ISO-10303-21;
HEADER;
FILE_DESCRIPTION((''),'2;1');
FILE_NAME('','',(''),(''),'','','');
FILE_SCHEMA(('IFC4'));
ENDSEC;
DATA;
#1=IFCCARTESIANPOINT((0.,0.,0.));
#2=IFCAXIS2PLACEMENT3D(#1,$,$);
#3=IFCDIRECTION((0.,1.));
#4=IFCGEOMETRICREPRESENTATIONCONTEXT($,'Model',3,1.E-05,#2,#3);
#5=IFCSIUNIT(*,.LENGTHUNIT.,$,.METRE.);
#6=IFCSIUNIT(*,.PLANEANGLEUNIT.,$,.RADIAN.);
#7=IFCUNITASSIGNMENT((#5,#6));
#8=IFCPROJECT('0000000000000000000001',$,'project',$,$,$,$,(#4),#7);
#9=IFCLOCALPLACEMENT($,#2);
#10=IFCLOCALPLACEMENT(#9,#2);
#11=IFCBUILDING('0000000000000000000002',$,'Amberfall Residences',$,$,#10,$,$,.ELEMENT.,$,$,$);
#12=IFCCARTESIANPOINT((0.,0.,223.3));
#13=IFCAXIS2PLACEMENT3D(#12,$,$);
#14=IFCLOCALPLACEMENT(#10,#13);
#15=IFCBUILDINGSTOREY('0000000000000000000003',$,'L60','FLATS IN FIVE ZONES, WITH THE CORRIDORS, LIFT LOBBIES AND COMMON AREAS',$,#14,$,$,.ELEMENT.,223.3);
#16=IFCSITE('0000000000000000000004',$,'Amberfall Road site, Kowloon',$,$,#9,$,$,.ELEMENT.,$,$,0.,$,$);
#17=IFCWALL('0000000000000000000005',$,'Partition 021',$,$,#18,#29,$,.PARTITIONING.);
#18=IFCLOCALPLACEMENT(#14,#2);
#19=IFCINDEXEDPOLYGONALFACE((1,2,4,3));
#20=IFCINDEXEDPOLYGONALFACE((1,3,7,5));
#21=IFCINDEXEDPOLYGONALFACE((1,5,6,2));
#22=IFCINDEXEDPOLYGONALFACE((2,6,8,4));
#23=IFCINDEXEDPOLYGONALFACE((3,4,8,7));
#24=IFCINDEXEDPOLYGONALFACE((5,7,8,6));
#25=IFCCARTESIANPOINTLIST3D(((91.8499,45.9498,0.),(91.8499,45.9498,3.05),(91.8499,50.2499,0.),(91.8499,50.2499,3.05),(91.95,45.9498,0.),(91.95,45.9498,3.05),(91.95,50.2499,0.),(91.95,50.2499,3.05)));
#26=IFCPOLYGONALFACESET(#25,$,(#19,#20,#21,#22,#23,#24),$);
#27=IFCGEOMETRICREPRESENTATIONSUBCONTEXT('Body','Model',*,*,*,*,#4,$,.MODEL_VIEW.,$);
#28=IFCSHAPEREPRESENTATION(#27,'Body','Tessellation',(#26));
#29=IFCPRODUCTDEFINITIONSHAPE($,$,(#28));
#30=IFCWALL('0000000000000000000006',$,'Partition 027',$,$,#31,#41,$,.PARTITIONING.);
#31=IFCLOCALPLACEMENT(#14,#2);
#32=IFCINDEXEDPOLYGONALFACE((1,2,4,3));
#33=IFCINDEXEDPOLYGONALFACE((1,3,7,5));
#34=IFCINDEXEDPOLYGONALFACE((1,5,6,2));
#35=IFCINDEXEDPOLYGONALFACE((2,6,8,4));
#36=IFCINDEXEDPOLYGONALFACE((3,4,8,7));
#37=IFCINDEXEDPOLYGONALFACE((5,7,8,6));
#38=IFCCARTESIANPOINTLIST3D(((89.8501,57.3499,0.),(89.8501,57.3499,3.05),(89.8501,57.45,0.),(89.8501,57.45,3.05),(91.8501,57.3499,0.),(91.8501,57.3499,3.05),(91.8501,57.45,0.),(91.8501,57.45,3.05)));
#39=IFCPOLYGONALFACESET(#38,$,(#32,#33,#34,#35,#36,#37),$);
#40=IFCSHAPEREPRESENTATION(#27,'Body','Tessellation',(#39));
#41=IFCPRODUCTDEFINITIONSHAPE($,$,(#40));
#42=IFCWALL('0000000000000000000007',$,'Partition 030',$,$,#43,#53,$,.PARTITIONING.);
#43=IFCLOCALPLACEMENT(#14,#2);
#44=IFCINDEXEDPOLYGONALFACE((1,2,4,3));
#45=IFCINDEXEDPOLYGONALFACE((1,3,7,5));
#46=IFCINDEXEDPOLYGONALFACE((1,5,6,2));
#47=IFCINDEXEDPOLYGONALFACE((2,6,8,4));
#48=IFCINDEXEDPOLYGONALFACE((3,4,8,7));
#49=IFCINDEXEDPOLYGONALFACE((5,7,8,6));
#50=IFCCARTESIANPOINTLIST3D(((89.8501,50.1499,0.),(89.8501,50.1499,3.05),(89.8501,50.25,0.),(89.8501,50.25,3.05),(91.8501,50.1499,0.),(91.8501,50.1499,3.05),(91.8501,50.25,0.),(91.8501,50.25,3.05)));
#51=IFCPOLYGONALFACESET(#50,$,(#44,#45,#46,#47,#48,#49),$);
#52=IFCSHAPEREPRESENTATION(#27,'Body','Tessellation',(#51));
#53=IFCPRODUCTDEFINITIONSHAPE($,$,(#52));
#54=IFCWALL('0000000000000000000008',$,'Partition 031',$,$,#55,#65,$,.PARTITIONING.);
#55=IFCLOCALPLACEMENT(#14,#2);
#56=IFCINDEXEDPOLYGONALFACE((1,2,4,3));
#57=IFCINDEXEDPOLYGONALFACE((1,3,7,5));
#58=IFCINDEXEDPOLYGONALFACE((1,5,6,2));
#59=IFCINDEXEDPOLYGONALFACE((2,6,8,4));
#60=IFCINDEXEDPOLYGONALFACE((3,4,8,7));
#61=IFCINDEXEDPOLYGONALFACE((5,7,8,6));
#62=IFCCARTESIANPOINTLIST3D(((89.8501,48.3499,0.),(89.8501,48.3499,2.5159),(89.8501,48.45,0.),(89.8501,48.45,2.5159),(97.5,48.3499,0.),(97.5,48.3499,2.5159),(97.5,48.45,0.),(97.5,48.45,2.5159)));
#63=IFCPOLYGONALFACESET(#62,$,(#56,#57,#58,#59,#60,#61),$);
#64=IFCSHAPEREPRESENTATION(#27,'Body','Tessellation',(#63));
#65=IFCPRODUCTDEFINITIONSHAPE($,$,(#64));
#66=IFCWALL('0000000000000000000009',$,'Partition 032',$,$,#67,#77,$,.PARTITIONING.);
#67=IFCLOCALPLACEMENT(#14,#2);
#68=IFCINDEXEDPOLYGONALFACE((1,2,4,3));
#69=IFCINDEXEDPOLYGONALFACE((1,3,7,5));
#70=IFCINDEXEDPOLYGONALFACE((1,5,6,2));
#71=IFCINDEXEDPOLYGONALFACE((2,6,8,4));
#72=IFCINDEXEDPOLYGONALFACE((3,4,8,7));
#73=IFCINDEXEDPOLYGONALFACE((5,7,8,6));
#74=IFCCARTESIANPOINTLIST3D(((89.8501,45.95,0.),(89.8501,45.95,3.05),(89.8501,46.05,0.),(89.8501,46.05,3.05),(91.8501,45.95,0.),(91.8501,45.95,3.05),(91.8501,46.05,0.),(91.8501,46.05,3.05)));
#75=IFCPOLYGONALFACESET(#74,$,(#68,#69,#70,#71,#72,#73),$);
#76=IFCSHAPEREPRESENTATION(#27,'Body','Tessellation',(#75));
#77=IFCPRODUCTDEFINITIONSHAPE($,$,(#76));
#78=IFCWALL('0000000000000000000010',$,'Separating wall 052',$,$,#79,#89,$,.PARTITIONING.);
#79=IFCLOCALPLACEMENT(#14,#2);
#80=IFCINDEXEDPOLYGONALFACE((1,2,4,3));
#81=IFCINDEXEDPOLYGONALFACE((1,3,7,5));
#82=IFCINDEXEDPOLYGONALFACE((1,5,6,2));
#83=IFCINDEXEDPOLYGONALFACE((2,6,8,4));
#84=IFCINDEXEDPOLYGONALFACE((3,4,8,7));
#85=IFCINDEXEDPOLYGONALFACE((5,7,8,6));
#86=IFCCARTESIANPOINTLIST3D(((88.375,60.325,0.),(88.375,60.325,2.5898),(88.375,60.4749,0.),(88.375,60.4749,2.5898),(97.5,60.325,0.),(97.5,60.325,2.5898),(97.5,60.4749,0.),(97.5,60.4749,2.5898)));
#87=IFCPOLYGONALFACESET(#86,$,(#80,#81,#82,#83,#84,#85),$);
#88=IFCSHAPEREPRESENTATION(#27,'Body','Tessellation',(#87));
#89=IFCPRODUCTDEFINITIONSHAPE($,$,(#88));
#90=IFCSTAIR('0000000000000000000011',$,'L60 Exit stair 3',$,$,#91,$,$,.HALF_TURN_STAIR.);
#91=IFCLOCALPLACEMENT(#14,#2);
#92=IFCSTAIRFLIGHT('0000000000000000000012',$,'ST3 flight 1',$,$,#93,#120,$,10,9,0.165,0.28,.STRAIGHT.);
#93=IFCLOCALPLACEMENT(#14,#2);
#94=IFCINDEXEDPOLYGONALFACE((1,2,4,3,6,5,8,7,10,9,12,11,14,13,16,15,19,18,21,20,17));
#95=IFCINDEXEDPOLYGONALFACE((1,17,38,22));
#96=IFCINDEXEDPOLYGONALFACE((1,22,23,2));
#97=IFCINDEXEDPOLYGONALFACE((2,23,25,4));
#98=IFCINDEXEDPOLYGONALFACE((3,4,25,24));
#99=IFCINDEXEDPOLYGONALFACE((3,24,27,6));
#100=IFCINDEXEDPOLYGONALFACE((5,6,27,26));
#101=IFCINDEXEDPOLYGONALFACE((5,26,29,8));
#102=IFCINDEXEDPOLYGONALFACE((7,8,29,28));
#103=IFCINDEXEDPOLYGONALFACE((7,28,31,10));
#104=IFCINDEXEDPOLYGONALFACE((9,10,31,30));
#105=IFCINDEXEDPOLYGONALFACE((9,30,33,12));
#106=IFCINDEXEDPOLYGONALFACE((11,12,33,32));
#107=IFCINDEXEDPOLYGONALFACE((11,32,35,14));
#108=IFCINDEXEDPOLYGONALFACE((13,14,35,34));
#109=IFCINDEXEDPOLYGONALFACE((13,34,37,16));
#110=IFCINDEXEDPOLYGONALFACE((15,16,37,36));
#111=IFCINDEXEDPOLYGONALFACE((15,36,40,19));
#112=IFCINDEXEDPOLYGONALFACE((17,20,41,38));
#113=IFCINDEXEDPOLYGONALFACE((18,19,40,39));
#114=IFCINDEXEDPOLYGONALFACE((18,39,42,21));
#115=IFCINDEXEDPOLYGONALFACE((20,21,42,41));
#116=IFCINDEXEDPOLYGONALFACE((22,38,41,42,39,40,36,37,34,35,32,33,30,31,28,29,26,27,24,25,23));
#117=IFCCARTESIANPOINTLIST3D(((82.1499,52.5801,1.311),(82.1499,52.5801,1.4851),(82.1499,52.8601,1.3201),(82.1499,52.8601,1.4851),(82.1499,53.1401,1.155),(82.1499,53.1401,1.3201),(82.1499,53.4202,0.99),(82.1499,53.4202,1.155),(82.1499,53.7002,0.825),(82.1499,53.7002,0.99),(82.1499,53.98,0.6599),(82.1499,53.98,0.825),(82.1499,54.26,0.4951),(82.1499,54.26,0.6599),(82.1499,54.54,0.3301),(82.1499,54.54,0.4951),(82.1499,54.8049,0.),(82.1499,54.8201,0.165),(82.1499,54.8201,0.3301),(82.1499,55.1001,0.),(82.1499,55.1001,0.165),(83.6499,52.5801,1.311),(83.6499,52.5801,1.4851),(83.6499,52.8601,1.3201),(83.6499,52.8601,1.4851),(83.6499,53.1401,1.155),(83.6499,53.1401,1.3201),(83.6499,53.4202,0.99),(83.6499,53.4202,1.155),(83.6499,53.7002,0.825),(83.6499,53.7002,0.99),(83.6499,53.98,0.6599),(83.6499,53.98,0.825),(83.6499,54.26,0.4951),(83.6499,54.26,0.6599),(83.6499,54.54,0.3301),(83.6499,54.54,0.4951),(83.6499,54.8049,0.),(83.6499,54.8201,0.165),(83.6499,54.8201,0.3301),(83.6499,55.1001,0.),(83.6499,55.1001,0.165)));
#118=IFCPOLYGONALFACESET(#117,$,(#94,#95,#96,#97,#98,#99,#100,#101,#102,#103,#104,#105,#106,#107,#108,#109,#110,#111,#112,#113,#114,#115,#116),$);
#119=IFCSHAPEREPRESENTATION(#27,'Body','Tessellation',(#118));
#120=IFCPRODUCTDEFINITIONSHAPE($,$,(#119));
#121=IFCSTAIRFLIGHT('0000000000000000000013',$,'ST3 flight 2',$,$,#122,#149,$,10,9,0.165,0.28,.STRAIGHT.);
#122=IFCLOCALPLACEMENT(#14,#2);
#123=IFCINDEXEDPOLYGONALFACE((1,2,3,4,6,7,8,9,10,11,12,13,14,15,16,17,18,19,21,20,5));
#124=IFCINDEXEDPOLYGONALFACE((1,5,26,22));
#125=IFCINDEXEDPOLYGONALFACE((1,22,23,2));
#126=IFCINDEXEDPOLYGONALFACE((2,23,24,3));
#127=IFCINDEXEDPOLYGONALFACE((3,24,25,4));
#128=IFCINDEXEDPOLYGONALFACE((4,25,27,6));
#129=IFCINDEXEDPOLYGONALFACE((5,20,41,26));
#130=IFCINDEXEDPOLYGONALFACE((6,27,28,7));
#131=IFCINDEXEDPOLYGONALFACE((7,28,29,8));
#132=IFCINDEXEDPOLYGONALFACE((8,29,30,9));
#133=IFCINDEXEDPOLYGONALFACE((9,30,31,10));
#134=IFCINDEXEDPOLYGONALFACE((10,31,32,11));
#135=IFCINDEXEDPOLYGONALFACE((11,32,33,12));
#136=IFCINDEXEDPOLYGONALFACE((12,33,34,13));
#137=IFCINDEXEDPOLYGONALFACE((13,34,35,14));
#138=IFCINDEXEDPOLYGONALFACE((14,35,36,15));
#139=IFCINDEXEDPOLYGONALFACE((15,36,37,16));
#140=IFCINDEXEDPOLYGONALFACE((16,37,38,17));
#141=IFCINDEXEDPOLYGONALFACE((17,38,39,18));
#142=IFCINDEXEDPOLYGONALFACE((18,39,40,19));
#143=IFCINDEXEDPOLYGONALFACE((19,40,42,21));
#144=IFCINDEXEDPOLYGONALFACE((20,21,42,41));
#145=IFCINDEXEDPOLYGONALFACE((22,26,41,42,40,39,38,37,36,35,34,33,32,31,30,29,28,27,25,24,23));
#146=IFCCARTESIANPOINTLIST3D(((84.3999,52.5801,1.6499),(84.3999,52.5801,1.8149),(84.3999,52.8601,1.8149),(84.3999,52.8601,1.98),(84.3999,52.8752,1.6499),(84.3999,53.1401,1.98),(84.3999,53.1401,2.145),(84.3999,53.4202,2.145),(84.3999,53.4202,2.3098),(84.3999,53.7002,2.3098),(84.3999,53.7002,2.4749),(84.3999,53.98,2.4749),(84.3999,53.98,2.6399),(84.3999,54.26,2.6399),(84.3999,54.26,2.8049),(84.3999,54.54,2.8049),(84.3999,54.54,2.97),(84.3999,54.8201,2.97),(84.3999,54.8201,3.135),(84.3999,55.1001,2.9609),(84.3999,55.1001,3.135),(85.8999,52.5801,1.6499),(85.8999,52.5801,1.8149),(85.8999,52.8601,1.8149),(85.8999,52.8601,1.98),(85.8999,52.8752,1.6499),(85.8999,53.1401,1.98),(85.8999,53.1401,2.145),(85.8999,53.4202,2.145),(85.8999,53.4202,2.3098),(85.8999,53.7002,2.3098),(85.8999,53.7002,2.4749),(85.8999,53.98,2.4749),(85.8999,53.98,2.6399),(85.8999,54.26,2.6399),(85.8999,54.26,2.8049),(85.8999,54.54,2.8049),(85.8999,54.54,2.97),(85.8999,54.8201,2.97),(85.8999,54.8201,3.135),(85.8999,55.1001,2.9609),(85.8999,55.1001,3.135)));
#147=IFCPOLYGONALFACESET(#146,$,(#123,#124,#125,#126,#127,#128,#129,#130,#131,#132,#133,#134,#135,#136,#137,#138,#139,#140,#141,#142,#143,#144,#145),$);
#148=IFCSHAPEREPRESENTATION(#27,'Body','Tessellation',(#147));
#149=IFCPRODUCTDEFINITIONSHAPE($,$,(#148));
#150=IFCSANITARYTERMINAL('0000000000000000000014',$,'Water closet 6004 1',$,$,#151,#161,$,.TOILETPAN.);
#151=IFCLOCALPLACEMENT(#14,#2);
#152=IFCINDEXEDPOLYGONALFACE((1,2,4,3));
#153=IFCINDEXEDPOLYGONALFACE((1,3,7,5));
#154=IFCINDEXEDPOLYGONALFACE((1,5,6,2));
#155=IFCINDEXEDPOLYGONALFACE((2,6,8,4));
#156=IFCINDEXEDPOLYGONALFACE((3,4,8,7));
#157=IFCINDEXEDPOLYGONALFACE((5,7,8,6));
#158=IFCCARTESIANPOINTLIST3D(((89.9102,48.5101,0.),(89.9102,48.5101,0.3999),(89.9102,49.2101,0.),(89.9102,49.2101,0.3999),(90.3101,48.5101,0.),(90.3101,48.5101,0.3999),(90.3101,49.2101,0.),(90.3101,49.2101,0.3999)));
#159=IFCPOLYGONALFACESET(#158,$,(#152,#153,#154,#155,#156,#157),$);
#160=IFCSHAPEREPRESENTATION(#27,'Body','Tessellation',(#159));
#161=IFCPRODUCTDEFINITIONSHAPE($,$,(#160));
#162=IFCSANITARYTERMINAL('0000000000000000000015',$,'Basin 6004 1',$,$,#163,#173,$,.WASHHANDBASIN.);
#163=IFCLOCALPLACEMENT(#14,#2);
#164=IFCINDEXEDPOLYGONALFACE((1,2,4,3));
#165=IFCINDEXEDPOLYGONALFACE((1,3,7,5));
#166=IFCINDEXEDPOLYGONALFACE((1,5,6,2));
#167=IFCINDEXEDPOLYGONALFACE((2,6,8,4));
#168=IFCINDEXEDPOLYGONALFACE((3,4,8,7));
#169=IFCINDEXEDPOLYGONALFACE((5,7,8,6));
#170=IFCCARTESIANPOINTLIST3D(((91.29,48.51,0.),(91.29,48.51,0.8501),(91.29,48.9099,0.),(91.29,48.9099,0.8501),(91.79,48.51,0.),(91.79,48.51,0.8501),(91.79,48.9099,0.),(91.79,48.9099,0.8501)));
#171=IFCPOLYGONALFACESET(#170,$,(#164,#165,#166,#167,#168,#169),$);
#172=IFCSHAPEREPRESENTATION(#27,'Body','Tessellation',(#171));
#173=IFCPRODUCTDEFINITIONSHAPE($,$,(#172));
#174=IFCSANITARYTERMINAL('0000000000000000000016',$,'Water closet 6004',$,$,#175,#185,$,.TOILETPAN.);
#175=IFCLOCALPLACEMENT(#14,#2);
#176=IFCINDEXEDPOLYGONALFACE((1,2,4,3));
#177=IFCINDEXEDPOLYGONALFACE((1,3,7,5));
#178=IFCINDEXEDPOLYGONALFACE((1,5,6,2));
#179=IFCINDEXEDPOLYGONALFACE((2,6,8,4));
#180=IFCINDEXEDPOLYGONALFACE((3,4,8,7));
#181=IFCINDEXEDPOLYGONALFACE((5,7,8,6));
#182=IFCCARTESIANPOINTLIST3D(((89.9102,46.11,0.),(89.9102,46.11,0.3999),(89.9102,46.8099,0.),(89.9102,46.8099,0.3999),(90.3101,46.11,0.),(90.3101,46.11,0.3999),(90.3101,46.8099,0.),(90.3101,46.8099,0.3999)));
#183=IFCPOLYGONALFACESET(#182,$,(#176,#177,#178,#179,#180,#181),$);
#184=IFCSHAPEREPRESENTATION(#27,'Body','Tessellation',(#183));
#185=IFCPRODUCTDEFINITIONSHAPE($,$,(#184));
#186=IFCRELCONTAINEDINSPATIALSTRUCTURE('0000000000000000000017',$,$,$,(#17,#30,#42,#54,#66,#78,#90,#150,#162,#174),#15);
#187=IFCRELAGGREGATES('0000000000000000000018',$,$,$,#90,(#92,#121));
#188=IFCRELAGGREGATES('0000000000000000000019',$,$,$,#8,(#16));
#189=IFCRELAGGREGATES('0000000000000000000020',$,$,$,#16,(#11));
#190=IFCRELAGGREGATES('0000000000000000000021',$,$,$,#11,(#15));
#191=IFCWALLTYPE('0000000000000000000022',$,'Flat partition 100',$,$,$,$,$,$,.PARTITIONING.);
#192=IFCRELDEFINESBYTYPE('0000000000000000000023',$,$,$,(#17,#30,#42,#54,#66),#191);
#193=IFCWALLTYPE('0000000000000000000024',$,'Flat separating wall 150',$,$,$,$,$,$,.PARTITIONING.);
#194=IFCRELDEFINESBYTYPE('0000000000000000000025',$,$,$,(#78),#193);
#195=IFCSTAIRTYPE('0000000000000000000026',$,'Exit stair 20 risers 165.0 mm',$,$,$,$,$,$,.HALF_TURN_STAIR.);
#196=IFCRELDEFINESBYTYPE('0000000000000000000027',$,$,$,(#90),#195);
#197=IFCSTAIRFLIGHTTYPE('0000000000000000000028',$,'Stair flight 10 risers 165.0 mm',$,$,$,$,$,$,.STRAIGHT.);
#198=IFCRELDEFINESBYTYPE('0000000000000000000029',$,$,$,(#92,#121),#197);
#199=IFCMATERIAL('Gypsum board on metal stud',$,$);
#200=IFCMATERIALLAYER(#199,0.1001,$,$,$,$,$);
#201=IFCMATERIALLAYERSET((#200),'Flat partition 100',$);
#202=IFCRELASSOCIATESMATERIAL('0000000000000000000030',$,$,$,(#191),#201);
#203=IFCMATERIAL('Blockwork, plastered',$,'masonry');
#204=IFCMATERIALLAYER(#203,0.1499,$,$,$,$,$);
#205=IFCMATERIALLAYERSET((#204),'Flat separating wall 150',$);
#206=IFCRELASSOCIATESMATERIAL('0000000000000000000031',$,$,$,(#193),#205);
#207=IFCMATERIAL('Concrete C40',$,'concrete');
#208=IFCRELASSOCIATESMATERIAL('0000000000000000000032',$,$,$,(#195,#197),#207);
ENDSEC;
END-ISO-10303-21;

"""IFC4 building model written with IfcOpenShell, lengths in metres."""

from ifc_helpers import new_model, si_unit, direction, frame, frame_2d, origin, origin_2d, place, context, subcontext, project, spatial, polyline, rectangle, outline, extrude, material, layer, layer_set, type_object, element, aggregate, save


model = new_model("IFC4")

# Units and contexts
model_context = context("Model", 3, precision=1e-05, world=origin(), true_north=direction((0.0, 1.0)))
body_context = subcontext(model_context, "Body", "Model", "MODEL_VIEW")
ifc_project = project(units=[si_unit("LENGTHUNIT", "METRE"), si_unit("PLANEANGLEUNIT", "RADIAN")], contexts=[model_context])

# Site, building, storey
site_placement = place(None, origin())
site = spatial("IfcSite", under=ifc_project, at=site_placement, Name="Amberfall Road site, Kowloon", CompositionType="ELEMENT", RefElevation=0.0)
building_placement = place(site_placement, origin())
building = spatial("IfcBuilding", under=site, at=building_placement, Name="Amberfall Residences", CompositionType="ELEMENT")
storey_placement = place(building_placement, frame((0.0, 0.0, 223.3)))
storey = spatial("IfcBuildingStorey", under=building, at=storey_placement, Name="L60", Description="FLATS IN FIVE ZONES, WITH THE CORRIDORS, LIFT LOBBIES AND COMMON AREAS", CompositionType="ELEMENT", Elevation=223.3)

# Shared definitions
ifc_material_1 = material(Name="Gypsum board on metal stud")
ifc_layer_1 = layer(ifc_material_1, 0.1001)
ifc_layer_set_1 = layer_set([ifc_layer_1], Name="Flat partition 100")
wall_type_1 = type_object("IfcWallType", Name="Flat partition 100", PredefinedType="PARTITIONING", material=ifc_layer_set_1)

# Walls
wall_1_placement = place(storey_placement, frame((91.8999, 45.95, 0.0), z_axis=(0.0, 0.0, 1.0), x_axis=(0.0, 1.0, 0.0)))
element("IfcWall", 1, at=wall_1_placement, inside=storey, type_object=wall_type_1, Name="Partition 021", PredefinedType="PARTITIONING", context=body_context, shape_type="SweptSolid", body=[
    extrude(rectangle(XDim=4.3, YDim=0.1001, at=frame_2d((2.1499, 0.0))), origin(), (0.0, 0.0, 1.0), 3.05),
])
for number, where, z_axis, x_axis, name in (
    (2, (89.8501, 57.3999, 0.0), (0.0, 0.0, 1.0), (1.0, 0.0, 0.0), "Partition 027"),
    (3, (89.8501, 50.2, 0.0), (0.0, 0.0, 1.0), (1.0, 0.0, 0.0), "Partition 030"),
):
    element("IfcWall", number, at=place(storey_placement, frame(where, z_axis=z_axis, x_axis=x_axis)), inside=storey, type_object=wall_type_1, Name=name, PredefinedType="PARTITIONING", context=body_context, shape_type="SweptSolid", body=[
        extrude(rectangle(XDim=2.0, YDim=0.1001, at=frame_2d((1.0, 0.0))), origin(), (0.0, 0.0, 1.0), 3.05),
    ])
wall_2_placement = place(storey_placement, frame((89.8501, 48.3999, 0.0), z_axis=(0.0, 0.0, 1.0), x_axis=(1.0, 0.0, 0.0)))
element("IfcWall", 4, at=wall_2_placement, inside=storey, type_object=wall_type_1, Name="Partition 031", PredefinedType="PARTITIONING", context=body_context, shape_type="SweptSolid", body=[
    extrude(rectangle(XDim=7.6499, YDim=0.1001, at=frame_2d((3.825, 0.0))), origin(), (0.0, 0.0, 1.0), 2.5159),
])
wall_3_placement = place(storey_placement, frame((89.8501, 46.0, 0.0), z_axis=(0.0, 0.0, 1.0), x_axis=(1.0, 0.0, 0.0)))
element("IfcWall", 5, at=wall_3_placement, inside=storey, type_object=wall_type_1, Name="Partition 032", PredefinedType="PARTITIONING", context=body_context, shape_type="SweptSolid", body=[
    extrude(rectangle(XDim=2.0, YDim=0.1001, at=frame_2d((1.0, 0.0))), origin(), (0.0, 0.0, 1.0), 3.05),
])
ifc_material_2 = material(Name="Blockwork, plastered", Category="masonry")
ifc_layer_2 = layer(ifc_material_2, 0.1499)
ifc_layer_set_2 = layer_set([ifc_layer_2], Name="Flat separating wall 150")
wall_type_2 = type_object("IfcWallType", Name="Flat separating wall 150", PredefinedType="PARTITIONING", material=ifc_layer_set_2)
wall_4_placement = place(storey_placement, frame((88.375, 60.3999, 0.0), z_axis=(0.0, 0.0, 1.0), x_axis=(1.0, 0.0, 0.0)))
element("IfcWall", 6, at=wall_4_placement, inside=storey, type_object=wall_type_2, Name="Separating wall 052", PredefinedType="PARTITIONING", context=body_context, shape_type="SweptSolid", body=[
    extrude(rectangle(XDim=9.125, YDim=0.1499, at=frame_2d((4.5625, 0.0))), origin(), (0.0, 0.0, 1.0), 2.5898),
])

# Stair, stair flights
ifc_material_3 = material(Name="Concrete C40", Category="concrete")
stair_type = type_object("IfcStairType", Name="Exit stair 20 risers 165.0 mm", PredefinedType="HALF_TURN_STAIR", material=ifc_material_3)
stair_placement = place(storey_placement, origin())
stair = element("IfcStair", 7, at=stair_placement, inside=storey, type_object=stair_type, Name="L60 Exit stair 3", PredefinedType="HALF_TURN_STAIR")
stair_flight_type = type_object("IfcStairFlightType", Name="Stair flight 10 risers 165.0 mm", PredefinedType="STRAIGHT", material=ifc_material_3)
stair_flight_1_placement = place(storey_placement, frame((82.8999, 55.1001, 0.0), z_axis=(0.0, 0.0, 1.0), x_axis=(0.0, -1.0, 0.0)))
stair_flight_1 = element("IfcStairFlight", 8, at=stair_flight_1_placement, type_object=stair_flight_type, Name="ST3 flight 1", NumberOfRisers=10, NumberOfTreads=9, PredefinedType="STRAIGHT", RiserHeight=0.165, TreadLength=0.28, context=body_context, shape_type="SweptSolid", body=[
    extrude(outline(polyline([(0.0, 0.0), (0.0, 0.165), (0.28, 0.165), (0.28, 0.3301), (0.5601, 0.3301), (0.5601, 0.4951), (0.8401, 0.4951), (0.8401, 0.6599), (1.1201, 0.6599), (1.1201, 0.825), (1.3999, 0.825), (1.3999, 0.99), (1.6799, 0.99), (1.6799, 1.155), (1.96, 1.155), (1.96, 1.3201), (2.24, 1.3201), (2.24, 1.4851), (2.52, 1.4851), (2.52, 1.6499), (2.52, 1.311), (0.2952, 0.0), (0.0, 0.0)])), frame((0.0, 0.75, 0.0), z_axis=(0.0, -1.0, 0.0), x_axis=(1.0, 0.0, 0.0)), (0.0, 0.0, 1.0), 1.5),
])
stair_flight_2_placement = place(storey_placement, frame((85.1499, 52.5801, 1.6499), z_axis=(0.0, 0.0, 1.0), x_axis=(0.0, 1.0, 0.0)))
stair_flight_2 = element("IfcStairFlight", 9, at=stair_flight_2_placement, type_object=stair_flight_type, Name="ST3 flight 2", NumberOfRisers=10, NumberOfTreads=9, PredefinedType="STRAIGHT", RiserHeight=0.165, TreadLength=0.28, context=body_context, shape_type="SweptSolid", body=[
    extrude(outline(polyline([(0.0, 0.0), (0.0, 0.165), (0.28, 0.165), (0.28, 0.3301), (0.5601, 0.3301), (0.5601, 0.4951), (0.8401, 0.4951), (0.8401, 0.6599), (1.1201, 0.6599), (1.1201, 0.825), (1.3999, 0.825), (1.3999, 0.99), (1.6799, 0.99), (1.6799, 1.155), (1.96, 1.155), (1.96, 1.3201), (2.24, 1.3201), (2.24, 1.4851), (2.52, 1.4851), (2.52, 1.6499), (2.52, 1.311), (0.2952, 0.0), (0.0, 0.0)])), frame((0.0, 0.75, 0.0), z_axis=(0.0, -1.0, 0.0), x_axis=(1.0, 0.0, 0.0)), (0.0, 0.0, 1.0), 1.5),
])
aggregate(stair, [stair_flight_1, stair_flight_2])

# Sanitary terminals
sanitary_terminal_1_placement = place(storey_placement, frame((90.1101, 48.8601, 0.0), z_axis=(0.0, 0.0, 1.0), x_axis=(1.0, 0.0, 0.0)))
element("IfcSanitaryTerminal", 10, at=sanitary_terminal_1_placement, inside=storey, Name="Water closet 6004 1", PredefinedType="TOILETPAN", context=body_context, shape_type="SweptSolid", body=[
    extrude(rectangle(XDim=0.3999, YDim=0.7, at=origin_2d()), origin(), (0.0, 0.0, 1.0), 0.3999),
])
sanitary_terminal_2_placement = place(storey_placement, frame((91.54, 48.71, 0.0), z_axis=(0.0, 0.0, 1.0), x_axis=(1.0, 0.0, 0.0)))
element("IfcSanitaryTerminal", 11, at=sanitary_terminal_2_placement, inside=storey, Name="Basin 6004 1", PredefinedType="WASHHANDBASIN", context=body_context, shape_type="SweptSolid", body=[
    extrude(rectangle(XDim=0.5, YDim=0.3999, at=origin_2d()), origin(), (0.0, 0.0, 1.0), 0.8501),
])
sanitary_terminal_3_placement = place(storey_placement, frame((90.1101, 46.46, 0.0), z_axis=(0.0, 0.0, 1.0), x_axis=(1.0, 0.0, 0.0)))
element("IfcSanitaryTerminal", 12, at=sanitary_terminal_3_placement, inside=storey, Name="Water closet 6004", PredefinedType="TOILETPAN", context=body_context, shape_type="SweptSolid", body=[
    extrude(rectangle(XDim=0.3999, YDim=0.7, at=origin_2d()), origin(), (0.0, 0.0, 1.0), 0.3999),
])

save(model, "model.ifc")
